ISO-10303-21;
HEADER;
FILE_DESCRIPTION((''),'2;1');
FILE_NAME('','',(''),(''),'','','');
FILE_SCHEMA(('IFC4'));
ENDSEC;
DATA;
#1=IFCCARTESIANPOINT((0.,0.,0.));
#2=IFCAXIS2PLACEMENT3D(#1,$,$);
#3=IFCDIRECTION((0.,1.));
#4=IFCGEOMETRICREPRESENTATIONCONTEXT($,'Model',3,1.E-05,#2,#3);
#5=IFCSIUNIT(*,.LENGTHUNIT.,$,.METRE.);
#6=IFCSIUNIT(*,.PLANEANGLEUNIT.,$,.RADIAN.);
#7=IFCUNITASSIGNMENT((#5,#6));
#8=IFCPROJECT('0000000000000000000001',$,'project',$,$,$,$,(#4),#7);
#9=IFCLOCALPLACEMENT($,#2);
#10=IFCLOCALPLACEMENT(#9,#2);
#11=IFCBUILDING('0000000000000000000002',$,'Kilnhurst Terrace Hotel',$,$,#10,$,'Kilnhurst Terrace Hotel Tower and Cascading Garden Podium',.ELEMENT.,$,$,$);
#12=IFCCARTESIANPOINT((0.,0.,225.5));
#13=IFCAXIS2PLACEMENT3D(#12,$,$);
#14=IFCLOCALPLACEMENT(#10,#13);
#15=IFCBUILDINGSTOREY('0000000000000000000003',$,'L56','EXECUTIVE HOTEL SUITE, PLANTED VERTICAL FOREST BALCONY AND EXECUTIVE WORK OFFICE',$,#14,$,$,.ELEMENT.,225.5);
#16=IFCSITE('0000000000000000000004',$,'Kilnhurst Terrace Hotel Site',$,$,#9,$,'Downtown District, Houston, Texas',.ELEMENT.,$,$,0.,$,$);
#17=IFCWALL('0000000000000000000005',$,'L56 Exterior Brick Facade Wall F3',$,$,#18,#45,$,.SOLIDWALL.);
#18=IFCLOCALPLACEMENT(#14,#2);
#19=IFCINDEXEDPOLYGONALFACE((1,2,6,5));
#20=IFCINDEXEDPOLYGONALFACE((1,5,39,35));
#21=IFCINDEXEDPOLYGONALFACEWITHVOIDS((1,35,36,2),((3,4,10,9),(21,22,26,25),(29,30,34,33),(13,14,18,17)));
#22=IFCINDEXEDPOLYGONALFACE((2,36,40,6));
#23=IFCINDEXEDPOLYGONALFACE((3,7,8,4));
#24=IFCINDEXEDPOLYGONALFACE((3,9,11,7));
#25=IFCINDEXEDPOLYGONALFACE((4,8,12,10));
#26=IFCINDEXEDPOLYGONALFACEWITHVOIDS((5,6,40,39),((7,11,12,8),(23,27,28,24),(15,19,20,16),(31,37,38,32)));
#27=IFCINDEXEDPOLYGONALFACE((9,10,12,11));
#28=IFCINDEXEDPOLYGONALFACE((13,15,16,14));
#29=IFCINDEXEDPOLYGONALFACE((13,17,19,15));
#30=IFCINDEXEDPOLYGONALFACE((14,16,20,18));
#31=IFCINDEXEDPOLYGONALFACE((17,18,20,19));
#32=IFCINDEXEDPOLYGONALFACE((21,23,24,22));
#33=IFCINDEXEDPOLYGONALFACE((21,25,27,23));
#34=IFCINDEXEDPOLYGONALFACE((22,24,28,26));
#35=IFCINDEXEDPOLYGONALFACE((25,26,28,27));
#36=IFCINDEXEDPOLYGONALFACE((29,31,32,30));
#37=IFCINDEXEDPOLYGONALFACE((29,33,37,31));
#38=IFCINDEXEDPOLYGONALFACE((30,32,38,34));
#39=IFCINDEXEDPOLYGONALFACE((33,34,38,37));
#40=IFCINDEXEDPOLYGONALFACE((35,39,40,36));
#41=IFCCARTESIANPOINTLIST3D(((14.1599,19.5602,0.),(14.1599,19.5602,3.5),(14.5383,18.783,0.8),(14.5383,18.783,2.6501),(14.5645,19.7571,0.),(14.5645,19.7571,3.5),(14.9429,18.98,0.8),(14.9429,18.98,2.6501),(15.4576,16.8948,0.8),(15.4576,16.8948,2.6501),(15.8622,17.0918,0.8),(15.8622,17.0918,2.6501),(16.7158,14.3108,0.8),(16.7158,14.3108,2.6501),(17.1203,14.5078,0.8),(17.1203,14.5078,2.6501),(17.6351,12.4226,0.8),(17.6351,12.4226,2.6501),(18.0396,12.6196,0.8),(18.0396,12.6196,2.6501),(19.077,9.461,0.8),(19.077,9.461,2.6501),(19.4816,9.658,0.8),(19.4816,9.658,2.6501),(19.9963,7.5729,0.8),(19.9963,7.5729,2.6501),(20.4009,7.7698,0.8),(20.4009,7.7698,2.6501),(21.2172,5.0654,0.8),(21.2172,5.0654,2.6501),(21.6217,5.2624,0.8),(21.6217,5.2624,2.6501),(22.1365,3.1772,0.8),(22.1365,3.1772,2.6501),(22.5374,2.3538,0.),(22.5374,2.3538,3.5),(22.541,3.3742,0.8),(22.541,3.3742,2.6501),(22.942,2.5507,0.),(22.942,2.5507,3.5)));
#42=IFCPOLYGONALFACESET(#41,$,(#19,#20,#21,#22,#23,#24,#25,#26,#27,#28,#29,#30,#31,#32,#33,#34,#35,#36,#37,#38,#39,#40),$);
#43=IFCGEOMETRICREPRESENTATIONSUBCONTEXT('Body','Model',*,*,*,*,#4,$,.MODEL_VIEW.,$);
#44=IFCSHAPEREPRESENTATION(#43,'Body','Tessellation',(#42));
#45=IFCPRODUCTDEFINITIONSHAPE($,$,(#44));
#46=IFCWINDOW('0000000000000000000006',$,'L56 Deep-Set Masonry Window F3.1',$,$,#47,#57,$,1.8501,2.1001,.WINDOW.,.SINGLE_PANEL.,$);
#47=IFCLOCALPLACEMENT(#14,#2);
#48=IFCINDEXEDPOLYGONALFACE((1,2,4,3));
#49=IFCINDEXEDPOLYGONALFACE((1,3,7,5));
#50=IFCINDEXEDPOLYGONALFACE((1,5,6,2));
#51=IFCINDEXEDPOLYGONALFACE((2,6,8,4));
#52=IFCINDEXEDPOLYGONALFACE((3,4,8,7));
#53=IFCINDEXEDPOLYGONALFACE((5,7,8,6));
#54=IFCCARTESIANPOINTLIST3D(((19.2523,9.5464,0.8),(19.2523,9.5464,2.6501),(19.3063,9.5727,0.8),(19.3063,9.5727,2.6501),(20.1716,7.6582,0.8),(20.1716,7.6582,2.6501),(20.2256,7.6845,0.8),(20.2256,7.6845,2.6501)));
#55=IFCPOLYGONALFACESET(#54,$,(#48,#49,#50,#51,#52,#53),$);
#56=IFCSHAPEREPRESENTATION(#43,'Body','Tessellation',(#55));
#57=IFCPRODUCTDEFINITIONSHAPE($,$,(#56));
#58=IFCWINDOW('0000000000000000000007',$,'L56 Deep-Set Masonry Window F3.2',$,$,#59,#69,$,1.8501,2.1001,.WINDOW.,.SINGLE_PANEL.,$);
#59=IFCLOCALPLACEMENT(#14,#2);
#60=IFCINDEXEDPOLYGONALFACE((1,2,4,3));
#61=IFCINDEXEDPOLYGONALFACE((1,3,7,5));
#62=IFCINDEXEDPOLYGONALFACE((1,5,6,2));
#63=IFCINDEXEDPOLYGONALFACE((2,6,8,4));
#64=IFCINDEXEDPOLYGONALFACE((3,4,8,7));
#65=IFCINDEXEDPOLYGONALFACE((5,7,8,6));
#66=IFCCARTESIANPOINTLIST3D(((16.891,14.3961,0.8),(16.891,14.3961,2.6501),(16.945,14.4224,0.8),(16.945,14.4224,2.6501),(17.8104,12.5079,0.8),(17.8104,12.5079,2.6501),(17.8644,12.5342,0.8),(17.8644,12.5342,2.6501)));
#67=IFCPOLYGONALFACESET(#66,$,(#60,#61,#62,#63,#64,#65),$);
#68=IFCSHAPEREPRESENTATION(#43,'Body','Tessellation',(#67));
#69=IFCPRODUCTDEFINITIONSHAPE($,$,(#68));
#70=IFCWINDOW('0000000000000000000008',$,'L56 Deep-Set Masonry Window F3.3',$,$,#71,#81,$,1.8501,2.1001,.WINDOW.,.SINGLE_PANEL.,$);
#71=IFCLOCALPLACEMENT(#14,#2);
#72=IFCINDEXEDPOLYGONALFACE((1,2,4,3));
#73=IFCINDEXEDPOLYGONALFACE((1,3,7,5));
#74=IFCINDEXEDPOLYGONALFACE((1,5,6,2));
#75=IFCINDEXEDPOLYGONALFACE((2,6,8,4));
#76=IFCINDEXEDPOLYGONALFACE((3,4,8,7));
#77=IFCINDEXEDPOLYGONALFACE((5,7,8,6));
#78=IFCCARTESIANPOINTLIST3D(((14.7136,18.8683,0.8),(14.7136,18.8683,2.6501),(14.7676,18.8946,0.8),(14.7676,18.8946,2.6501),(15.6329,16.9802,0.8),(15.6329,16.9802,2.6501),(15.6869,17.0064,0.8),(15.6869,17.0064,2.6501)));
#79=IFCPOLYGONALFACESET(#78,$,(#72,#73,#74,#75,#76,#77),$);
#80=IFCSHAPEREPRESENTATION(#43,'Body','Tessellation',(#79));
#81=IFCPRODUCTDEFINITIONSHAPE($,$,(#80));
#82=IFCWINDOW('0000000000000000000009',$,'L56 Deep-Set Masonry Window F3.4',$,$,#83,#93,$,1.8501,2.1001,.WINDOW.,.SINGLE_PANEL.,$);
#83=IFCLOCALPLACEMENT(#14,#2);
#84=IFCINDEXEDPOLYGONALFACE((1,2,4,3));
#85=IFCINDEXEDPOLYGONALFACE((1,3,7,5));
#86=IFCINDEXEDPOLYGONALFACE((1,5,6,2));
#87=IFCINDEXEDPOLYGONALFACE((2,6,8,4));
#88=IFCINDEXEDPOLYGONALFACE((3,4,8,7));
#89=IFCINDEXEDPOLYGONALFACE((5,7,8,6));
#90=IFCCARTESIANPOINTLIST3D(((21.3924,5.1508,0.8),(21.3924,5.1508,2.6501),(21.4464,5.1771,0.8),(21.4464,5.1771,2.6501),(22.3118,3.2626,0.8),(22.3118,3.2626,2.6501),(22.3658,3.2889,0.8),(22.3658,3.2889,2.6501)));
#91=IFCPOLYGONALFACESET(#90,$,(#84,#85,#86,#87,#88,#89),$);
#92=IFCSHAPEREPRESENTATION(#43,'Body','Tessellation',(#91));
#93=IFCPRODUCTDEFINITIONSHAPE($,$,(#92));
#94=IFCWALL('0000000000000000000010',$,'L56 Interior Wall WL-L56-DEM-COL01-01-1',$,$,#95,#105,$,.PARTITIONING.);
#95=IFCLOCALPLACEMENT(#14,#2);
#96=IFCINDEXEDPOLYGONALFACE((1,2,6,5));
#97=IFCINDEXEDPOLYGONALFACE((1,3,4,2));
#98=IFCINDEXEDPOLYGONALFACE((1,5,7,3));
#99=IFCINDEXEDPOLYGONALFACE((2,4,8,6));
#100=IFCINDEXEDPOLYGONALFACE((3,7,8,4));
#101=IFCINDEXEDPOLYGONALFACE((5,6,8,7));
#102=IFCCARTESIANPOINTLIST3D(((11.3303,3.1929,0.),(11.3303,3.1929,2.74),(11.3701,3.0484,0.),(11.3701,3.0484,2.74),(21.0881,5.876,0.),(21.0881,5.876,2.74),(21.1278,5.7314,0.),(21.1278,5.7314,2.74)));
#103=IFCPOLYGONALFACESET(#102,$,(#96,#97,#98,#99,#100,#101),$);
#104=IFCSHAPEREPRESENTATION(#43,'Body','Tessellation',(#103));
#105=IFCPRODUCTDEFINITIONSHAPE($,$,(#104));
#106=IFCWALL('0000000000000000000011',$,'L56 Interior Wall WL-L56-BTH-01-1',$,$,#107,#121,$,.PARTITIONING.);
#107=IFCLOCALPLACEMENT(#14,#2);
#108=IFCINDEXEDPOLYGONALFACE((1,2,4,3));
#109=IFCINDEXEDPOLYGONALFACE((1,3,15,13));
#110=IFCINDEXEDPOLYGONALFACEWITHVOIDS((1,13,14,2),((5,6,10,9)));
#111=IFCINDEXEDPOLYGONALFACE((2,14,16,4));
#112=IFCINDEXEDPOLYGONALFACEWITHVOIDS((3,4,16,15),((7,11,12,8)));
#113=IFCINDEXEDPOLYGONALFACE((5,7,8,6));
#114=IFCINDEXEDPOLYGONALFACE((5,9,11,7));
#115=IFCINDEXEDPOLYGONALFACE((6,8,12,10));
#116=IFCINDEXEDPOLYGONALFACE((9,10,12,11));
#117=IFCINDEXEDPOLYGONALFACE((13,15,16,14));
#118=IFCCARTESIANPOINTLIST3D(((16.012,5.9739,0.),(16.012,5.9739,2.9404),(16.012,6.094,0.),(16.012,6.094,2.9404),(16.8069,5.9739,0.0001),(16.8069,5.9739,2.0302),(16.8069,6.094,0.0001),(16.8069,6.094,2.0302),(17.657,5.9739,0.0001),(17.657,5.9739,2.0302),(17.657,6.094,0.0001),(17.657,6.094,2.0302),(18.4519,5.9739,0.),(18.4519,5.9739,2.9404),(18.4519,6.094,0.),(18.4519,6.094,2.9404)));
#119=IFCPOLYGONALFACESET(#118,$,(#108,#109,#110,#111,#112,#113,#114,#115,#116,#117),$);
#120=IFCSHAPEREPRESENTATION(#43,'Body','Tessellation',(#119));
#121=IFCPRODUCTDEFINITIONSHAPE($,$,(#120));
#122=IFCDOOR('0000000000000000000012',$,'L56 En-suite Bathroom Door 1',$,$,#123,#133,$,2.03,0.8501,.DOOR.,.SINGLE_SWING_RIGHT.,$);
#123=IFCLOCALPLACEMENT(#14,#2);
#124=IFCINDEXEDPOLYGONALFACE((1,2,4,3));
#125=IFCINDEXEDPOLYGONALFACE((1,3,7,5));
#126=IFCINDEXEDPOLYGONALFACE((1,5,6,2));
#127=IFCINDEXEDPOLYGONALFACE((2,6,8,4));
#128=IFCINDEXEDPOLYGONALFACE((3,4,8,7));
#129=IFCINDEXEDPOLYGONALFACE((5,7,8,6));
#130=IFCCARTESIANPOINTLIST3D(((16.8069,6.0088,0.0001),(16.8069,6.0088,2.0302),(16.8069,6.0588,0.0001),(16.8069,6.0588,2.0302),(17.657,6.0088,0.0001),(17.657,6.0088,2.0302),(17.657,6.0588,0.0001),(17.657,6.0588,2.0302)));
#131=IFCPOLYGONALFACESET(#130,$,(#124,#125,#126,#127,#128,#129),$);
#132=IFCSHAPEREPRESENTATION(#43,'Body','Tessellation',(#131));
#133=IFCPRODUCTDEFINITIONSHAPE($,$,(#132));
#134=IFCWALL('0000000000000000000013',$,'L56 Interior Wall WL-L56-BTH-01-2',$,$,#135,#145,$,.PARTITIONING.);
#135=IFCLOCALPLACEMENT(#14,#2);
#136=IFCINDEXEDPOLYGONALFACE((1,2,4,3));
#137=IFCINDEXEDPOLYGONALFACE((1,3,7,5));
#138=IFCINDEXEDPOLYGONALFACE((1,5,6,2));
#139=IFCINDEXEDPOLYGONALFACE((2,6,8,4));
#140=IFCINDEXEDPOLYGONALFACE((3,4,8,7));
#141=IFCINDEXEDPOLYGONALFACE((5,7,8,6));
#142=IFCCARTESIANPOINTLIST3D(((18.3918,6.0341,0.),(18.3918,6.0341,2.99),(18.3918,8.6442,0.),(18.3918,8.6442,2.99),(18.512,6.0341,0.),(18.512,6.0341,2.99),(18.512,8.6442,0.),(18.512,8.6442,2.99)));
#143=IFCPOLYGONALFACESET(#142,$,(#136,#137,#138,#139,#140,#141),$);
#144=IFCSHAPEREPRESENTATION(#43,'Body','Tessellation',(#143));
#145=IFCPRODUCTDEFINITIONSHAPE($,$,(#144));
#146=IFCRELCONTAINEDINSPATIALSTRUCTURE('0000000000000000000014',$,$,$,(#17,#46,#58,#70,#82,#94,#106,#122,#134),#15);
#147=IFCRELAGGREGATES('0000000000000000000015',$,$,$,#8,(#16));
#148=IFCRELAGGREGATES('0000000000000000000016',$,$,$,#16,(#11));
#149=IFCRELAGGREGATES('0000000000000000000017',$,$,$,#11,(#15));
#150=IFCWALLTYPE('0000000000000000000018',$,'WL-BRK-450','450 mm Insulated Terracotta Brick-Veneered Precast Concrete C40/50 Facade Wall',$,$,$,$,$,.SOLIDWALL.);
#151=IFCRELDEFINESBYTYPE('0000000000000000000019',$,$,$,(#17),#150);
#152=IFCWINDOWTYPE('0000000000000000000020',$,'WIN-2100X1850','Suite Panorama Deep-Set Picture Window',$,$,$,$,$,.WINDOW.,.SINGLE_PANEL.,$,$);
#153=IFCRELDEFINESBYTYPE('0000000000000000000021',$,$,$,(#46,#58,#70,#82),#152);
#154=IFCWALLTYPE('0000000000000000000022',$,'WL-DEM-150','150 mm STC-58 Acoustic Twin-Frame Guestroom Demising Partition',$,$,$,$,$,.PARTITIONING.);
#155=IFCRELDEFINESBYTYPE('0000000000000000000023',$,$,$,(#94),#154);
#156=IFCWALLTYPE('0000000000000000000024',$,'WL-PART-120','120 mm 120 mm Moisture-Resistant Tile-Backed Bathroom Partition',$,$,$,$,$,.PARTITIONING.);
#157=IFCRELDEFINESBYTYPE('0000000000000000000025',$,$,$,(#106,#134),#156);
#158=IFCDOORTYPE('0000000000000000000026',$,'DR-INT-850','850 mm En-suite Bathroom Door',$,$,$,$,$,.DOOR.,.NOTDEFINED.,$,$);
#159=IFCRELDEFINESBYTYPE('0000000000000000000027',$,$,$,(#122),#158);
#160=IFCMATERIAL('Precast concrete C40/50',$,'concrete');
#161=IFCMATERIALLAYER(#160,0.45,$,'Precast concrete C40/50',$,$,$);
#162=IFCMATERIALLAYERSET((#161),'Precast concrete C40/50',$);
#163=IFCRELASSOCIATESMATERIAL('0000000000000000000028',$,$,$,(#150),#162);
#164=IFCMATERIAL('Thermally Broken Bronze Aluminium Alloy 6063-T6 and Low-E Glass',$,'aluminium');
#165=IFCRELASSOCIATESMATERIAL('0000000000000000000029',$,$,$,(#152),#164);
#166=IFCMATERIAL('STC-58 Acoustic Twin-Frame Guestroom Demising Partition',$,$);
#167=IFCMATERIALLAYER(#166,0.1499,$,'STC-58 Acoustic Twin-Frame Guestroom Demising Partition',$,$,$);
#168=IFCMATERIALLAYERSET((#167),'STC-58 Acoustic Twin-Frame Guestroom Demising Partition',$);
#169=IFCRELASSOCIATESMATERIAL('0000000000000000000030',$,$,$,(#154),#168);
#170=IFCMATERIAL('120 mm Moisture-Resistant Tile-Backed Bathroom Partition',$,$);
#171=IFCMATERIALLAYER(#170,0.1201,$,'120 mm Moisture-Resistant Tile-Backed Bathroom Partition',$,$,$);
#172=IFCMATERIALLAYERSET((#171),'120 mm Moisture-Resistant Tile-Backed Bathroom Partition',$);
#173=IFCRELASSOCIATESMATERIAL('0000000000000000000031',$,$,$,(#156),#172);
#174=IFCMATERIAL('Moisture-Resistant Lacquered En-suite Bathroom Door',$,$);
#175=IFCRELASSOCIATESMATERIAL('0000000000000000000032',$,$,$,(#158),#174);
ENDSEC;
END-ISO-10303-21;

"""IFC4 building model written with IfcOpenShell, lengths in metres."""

from ifc_helpers import new_model, si_unit, direction, frame, frame_2d, origin, place, context, subcontext, project, spatial, rectangle, extrude, material, layer, layer_set, type_object, element, fill, save


model = new_model("IFC4")

# Units and contexts
model_context = context("Model", 3, precision=1e-05, world=origin(), true_north=direction((0.0, 1.0)))
body_context = subcontext(model_context, "Body", "Model", "MODEL_VIEW")
ifc_project = project(units=[si_unit("LENGTHUNIT", "METRE"), si_unit("PLANEANGLEUNIT", "RADIAN")], contexts=[model_context])

# Site, building, storey
site_placement = place(None, origin())
site = spatial("IfcSite", under=ifc_project, at=site_placement, Name="Kilnhurst Terrace Hotel Site", LongName="Downtown District, Houston, Texas", CompositionType="ELEMENT", RefElevation=0.0)
building_placement = place(site_placement, origin())
building = spatial("IfcBuilding", under=site, at=building_placement, Name="Kilnhurst Terrace Hotel", LongName="Kilnhurst Terrace Hotel Tower and Cascading Garden Podium", CompositionType="ELEMENT")
storey_placement = place(building_placement, frame((0.0, 0.0, 225.5)))
storey = spatial("IfcBuildingStorey", under=building, at=storey_placement, Name="L56", Description="EXECUTIVE HOTEL SUITE, PLANTED VERTICAL FOREST BALCONY AND EXECUTIVE WORK OFFICE", CompositionType="ELEMENT", Elevation=225.5)

# Shared definitions
ifc_material_1 = material(Name="Precast concrete C40/50", Category="concrete")
ifc_layer_1 = layer(ifc_material_1, 0.45, Name="Precast concrete C40/50")
ifc_layer_set_1 = layer_set([ifc_layer_1], Name="Precast concrete C40/50")
wall_type_1 = type_object("IfcWallType", Name="WL-BRK-450", Description="450 mm Insulated Terracotta Brick-Veneered Precast Concrete C40/50 Facade Wall", PredefinedType="SOLIDWALL", material=ifc_layer_set_1)

# Wall, openings, windows
wall_1_placement = place(storey_placement, frame((22.7397, 2.4521, 0.0), z_axis=(0.0, 0.0, 1.0), x_axis=(-0.437753, 0.899095, 0.0)))
wall_1 = element("IfcWall", 1, at=wall_1_placement, inside=storey, type_object=wall_type_1, Name="L56 Exterior Brick Facade Wall F3", PredefinedType="SOLIDWALL", context=body_context, shape_type="SweptSolid", body=[
    extrude(rectangle(XDim=19.1375, YDim=0.45, at=frame_2d((9.5688, 0.0))), origin(), (0.0, 0.0, 1.0), 3.5),
])
opening_1_placement = place(wall_1_placement, frame((5.8049, 0.0, 0.8)))
opening_1 = element("IfcOpeningElement", 2, at=opening_1_placement, cuts=wall_1, PredefinedType="OPENING", context=body_context, shape_type="SweptSolid", body=[
    extrude(rectangle(XDim=2.1001, YDim=1.8501, at=frame_2d((1.05, 0.925))), frame((0.0, 0.2349, 0.0), z_axis=(0.0, -1.0, 0.0), x_axis=(1.0, 0.0, 0.0)), (0.0, 0.0, 1.0), 0.47),
])
opening_2_placement = place(wall_1_placement, frame((11.199, 0.0, 0.8)))
opening_2 = element("IfcOpeningElement", 3, at=opening_2_placement, cuts=wall_1, PredefinedType="OPENING", context=body_context, shape_type="SweptSolid", body=[
    extrude(rectangle(XDim=2.1001, YDim=1.8501, at=frame_2d((1.05, 0.925))), frame((0.0, 0.2349, 0.0), z_axis=(0.0, -1.0, 0.0), x_axis=(1.0, 0.0, 0.0)), (0.0, 0.0, 1.0), 0.47),
])
opening_3_placement = place(wall_1_placement, frame((16.1731, 0.0, 0.8)))
opening_3 = element("IfcOpeningElement", 4, at=opening_3_placement, cuts=wall_1, PredefinedType="OPENING", context=body_context, shape_type="SweptSolid", body=[
    extrude(rectangle(XDim=2.1001, YDim=1.8501, at=frame_2d((1.05, 0.925))), frame((0.0, 0.2349, 0.0), z_axis=(0.0, -1.0, 0.0), x_axis=(1.0, 0.0, 0.0)), (0.0, 0.0, 1.0), 0.47),
])
opening_4_placement = place(wall_1_placement, frame((0.916, 0.0, 0.8)))
opening_4 = element("IfcOpeningElement", 5, at=opening_4_placement, cuts=wall_1, PredefinedType="OPENING", context=body_context, shape_type="SweptSolid", body=[
    extrude(rectangle(XDim=2.1001, YDim=1.8501, at=frame_2d((1.05, 0.925))), frame((0.0, 0.2349, 0.0), z_axis=(0.0, -1.0, 0.0), x_axis=(1.0, 0.0, 0.0)), (0.0, 0.0, 1.0), 0.47),
])
ifc_material_2 = material(Name="Thermally Broken Bronze Aluminium Alloy 6063-T6 and Low-E Glass", Category="aluminium")
window_type = type_object("IfcWindowType", Name="WIN-2100X1850", Description="Suite Panorama Deep-Set Picture Window", PartitioningType="SINGLE_PANEL", PredefinedType="WINDOW", material=ifc_material_2)
window_1_placement = place(opening_1_placement, origin())
window_1 = element("IfcWindow", 6, at=window_1_placement, inside=storey, type_object=window_type, Name="L56 Deep-Set Masonry Window F3.1", OverallHeight=1.8501, OverallWidth=2.1001, PartitioningType="SINGLE_PANEL", PredefinedType="WINDOW", context=body_context, shape_type="SweptSolid", body=[
    extrude(rectangle(XDim=2.1001, YDim=1.8501, at=frame_2d((1.05, 0.925))), frame((0.0, 0.03, 0.0), z_axis=(0.0, -1.0, 0.0), x_axis=(1.0, 0.0, 0.0)), (0.0, 0.0, 1.0), 0.0601),
])
fill(opening_1, window_1)
window_2_placement = place(opening_2_placement, origin())
window_2 = element("IfcWindow", 7, at=window_2_placement, inside=storey, type_object=window_type, Name="L56 Deep-Set Masonry Window F3.2", OverallHeight=1.8501, OverallWidth=2.1001, PartitioningType="SINGLE_PANEL", PredefinedType="WINDOW", context=body_context, shape_type="SweptSolid", body=[
    extrude(rectangle(XDim=2.1001, YDim=1.8501, at=frame_2d((1.05, 0.925))), frame((0.0, 0.03, 0.0), z_axis=(0.0, -1.0, 0.0), x_axis=(1.0, 0.0, 0.0)), (0.0, 0.0, 1.0), 0.0601),
])
fill(opening_2, window_2)
window_3_placement = place(opening_3_placement, origin())
window_3 = element("IfcWindow", 8, at=window_3_placement, inside=storey, type_object=window_type, Name="L56 Deep-Set Masonry Window F3.3", OverallHeight=1.8501, OverallWidth=2.1001, PartitioningType="SINGLE_PANEL", PredefinedType="WINDOW", context=body_context, shape_type="SweptSolid", body=[
    extrude(rectangle(XDim=2.1001, YDim=1.8501, at=frame_2d((1.05, 0.925))), frame((0.0, 0.03, 0.0), z_axis=(0.0, -1.0, 0.0), x_axis=(1.0, 0.0, 0.0)), (0.0, 0.0, 1.0), 0.0601),
])
fill(opening_3, window_3)
window_4_placement = place(opening_4_placement, origin())
window_4 = element("IfcWindow", 9, at=window_4_placement, inside=storey, type_object=window_type, Name="L56 Deep-Set Masonry Window F3.4", OverallHeight=1.8501, OverallWidth=2.1001, PartitioningType="SINGLE_PANEL", PredefinedType="WINDOW", context=body_context, shape_type="SweptSolid", body=[
    extrude(rectangle(XDim=2.1001, YDim=1.8501, at=frame_2d((1.05, 0.925))), frame((0.0, 0.03, 0.0), z_axis=(0.0, -1.0, 0.0), x_axis=(1.0, 0.0, 0.0)), (0.0, 0.0, 1.0), 0.0601),
])
fill(opening_4, window_4)

# Wall
ifc_material_3 = material(Name="STC-58 Acoustic Twin-Frame Guestroom Demising Partition")
ifc_layer_2 = layer(ifc_material_3, 0.1499, Name="STC-58 Acoustic Twin-Frame Guestroom Demising Partition")
ifc_layer_set_2 = layer_set([ifc_layer_2], Name="STC-58 Acoustic Twin-Frame Guestroom Demising Partition")
wall_type_2 = type_object("IfcWallType", Name="WL-DEM-150", Description="150 mm STC-58 Acoustic Twin-Frame Guestroom Demising Partition", PredefinedType="PARTITIONING", material=ifc_layer_set_2)
wall_2_placement = place(storey_placement, frame((11.3501, 3.1206, 0.0), z_axis=(0.0, 0.0, 1.0), x_axis=(0.964213, 0.26513, 0.0)))
element("IfcWall", 10, at=wall_2_placement, inside=storey, type_object=wall_type_2, Name="L56 Interior Wall WL-L56-DEM-COL01-01-1", PredefinedType="PARTITIONING", context=body_context, shape_type="SweptSolid", body=[
    extrude(rectangle(XDim=10.1199, YDim=0.1499, at=frame_2d((5.0601, 0.0))), origin(), (0.0, 0.0, 1.0), 2.74),
])

# Wall, opening, door
ifc_material_4 = material(Name="120 mm Moisture-Resistant Tile-Backed Bathroom Partition")
ifc_layer_3 = layer(ifc_material_4, 0.1201, Name="120 mm Moisture-Resistant Tile-Backed Bathroom Partition")
ifc_layer_set_3 = layer_set([ifc_layer_3], Name="120 mm Moisture-Resistant Tile-Backed Bathroom Partition")
wall_type_3 = type_object("IfcWallType", Name="WL-PART-120", Description="120 mm 120 mm Moisture-Resistant Tile-Backed Bathroom Partition", PredefinedType="PARTITIONING", material=ifc_layer_set_3)
wall_3_placement = place(storey_placement, frame((16.012, 6.0339, 0.0), z_axis=(0.0, 0.0, 1.0), x_axis=(1.0, 0.0, 0.0)))
wall_3 = element("IfcWall", 11, at=wall_3_placement, inside=storey, type_object=wall_type_3, Name="L56 Interior Wall WL-L56-BTH-01-1", PredefinedType="PARTITIONING", context=body_context, shape_type="SweptSolid", body=[
    extrude(rectangle(XDim=2.4399, YDim=0.1201, at=frame_2d((1.22, 0.0))), origin(), (0.0, 0.0, 1.0), 2.9404),
])
opening_5_placement = place(wall_3_placement, frame((0.7949, 0.0, 0.0)))
opening_5 = element("IfcOpeningElement", 12, at=opening_5_placement, cuts=wall_3, PredefinedType="OPENING", context=body_context, shape_type="SweptSolid", body=[
    extrude(rectangle(XDim=0.8501, YDim=2.03, at=frame_2d((0.425, 1.0151))), frame((0.0, 0.0701, 0.0), z_axis=(0.0, -1.0, 0.0), x_axis=(1.0, 0.0, 0.0)), (0.0, 0.0, 1.0), 0.1401),
])
ifc_material_5 = material(Name="Moisture-Resistant Lacquered En-suite Bathroom Door")
door_type = type_object("IfcDoorType", Name="DR-INT-850", Description="850 mm En-suite Bathroom Door", OperationType="NOTDEFINED", PredefinedType="DOOR", material=ifc_material_5)
door_1_placement = place(opening_5_placement, origin())
door_1 = element("IfcDoor", 13, at=door_1_placement, inside=storey, type_object=door_type, Name="L56 En-suite Bathroom Door 1", OperationType="SINGLE_SWING_RIGHT", OverallHeight=2.03, OverallWidth=0.8501, PredefinedType="DOOR", context=body_context, shape_type="SweptSolid", body=[
    extrude(rectangle(XDim=0.8501, YDim=2.03, at=frame_2d((0.425, 1.0151))), frame((0.0, 0.0249, 0.0), z_axis=(0.0, -1.0, 0.0), x_axis=(1.0, 0.0, 0.0)), (0.0, 0.0, 1.0), 0.05),
])
fill(opening_5, door_1)

# Wall
wall_4_placement = place(storey_placement, frame((18.4519, 6.0339, 0.0), z_axis=(0.0, 0.0, 1.0), x_axis=(0.0, 1.0, 0.0)))
element("IfcWall", 14, at=wall_4_placement, inside=storey, type_object=wall_type_3, Name="L56 Interior Wall WL-L56-BTH-01-2", PredefinedType="PARTITIONING", context=body_context, shape_type="SweptSolid", body=[
    extrude(rectangle(XDim=2.6101, YDim=0.1201, at=frame_2d((1.3052, 0.0))), origin(), (0.0, 0.0, 1.0), 2.99),
])

save(model, "model.ifc")
